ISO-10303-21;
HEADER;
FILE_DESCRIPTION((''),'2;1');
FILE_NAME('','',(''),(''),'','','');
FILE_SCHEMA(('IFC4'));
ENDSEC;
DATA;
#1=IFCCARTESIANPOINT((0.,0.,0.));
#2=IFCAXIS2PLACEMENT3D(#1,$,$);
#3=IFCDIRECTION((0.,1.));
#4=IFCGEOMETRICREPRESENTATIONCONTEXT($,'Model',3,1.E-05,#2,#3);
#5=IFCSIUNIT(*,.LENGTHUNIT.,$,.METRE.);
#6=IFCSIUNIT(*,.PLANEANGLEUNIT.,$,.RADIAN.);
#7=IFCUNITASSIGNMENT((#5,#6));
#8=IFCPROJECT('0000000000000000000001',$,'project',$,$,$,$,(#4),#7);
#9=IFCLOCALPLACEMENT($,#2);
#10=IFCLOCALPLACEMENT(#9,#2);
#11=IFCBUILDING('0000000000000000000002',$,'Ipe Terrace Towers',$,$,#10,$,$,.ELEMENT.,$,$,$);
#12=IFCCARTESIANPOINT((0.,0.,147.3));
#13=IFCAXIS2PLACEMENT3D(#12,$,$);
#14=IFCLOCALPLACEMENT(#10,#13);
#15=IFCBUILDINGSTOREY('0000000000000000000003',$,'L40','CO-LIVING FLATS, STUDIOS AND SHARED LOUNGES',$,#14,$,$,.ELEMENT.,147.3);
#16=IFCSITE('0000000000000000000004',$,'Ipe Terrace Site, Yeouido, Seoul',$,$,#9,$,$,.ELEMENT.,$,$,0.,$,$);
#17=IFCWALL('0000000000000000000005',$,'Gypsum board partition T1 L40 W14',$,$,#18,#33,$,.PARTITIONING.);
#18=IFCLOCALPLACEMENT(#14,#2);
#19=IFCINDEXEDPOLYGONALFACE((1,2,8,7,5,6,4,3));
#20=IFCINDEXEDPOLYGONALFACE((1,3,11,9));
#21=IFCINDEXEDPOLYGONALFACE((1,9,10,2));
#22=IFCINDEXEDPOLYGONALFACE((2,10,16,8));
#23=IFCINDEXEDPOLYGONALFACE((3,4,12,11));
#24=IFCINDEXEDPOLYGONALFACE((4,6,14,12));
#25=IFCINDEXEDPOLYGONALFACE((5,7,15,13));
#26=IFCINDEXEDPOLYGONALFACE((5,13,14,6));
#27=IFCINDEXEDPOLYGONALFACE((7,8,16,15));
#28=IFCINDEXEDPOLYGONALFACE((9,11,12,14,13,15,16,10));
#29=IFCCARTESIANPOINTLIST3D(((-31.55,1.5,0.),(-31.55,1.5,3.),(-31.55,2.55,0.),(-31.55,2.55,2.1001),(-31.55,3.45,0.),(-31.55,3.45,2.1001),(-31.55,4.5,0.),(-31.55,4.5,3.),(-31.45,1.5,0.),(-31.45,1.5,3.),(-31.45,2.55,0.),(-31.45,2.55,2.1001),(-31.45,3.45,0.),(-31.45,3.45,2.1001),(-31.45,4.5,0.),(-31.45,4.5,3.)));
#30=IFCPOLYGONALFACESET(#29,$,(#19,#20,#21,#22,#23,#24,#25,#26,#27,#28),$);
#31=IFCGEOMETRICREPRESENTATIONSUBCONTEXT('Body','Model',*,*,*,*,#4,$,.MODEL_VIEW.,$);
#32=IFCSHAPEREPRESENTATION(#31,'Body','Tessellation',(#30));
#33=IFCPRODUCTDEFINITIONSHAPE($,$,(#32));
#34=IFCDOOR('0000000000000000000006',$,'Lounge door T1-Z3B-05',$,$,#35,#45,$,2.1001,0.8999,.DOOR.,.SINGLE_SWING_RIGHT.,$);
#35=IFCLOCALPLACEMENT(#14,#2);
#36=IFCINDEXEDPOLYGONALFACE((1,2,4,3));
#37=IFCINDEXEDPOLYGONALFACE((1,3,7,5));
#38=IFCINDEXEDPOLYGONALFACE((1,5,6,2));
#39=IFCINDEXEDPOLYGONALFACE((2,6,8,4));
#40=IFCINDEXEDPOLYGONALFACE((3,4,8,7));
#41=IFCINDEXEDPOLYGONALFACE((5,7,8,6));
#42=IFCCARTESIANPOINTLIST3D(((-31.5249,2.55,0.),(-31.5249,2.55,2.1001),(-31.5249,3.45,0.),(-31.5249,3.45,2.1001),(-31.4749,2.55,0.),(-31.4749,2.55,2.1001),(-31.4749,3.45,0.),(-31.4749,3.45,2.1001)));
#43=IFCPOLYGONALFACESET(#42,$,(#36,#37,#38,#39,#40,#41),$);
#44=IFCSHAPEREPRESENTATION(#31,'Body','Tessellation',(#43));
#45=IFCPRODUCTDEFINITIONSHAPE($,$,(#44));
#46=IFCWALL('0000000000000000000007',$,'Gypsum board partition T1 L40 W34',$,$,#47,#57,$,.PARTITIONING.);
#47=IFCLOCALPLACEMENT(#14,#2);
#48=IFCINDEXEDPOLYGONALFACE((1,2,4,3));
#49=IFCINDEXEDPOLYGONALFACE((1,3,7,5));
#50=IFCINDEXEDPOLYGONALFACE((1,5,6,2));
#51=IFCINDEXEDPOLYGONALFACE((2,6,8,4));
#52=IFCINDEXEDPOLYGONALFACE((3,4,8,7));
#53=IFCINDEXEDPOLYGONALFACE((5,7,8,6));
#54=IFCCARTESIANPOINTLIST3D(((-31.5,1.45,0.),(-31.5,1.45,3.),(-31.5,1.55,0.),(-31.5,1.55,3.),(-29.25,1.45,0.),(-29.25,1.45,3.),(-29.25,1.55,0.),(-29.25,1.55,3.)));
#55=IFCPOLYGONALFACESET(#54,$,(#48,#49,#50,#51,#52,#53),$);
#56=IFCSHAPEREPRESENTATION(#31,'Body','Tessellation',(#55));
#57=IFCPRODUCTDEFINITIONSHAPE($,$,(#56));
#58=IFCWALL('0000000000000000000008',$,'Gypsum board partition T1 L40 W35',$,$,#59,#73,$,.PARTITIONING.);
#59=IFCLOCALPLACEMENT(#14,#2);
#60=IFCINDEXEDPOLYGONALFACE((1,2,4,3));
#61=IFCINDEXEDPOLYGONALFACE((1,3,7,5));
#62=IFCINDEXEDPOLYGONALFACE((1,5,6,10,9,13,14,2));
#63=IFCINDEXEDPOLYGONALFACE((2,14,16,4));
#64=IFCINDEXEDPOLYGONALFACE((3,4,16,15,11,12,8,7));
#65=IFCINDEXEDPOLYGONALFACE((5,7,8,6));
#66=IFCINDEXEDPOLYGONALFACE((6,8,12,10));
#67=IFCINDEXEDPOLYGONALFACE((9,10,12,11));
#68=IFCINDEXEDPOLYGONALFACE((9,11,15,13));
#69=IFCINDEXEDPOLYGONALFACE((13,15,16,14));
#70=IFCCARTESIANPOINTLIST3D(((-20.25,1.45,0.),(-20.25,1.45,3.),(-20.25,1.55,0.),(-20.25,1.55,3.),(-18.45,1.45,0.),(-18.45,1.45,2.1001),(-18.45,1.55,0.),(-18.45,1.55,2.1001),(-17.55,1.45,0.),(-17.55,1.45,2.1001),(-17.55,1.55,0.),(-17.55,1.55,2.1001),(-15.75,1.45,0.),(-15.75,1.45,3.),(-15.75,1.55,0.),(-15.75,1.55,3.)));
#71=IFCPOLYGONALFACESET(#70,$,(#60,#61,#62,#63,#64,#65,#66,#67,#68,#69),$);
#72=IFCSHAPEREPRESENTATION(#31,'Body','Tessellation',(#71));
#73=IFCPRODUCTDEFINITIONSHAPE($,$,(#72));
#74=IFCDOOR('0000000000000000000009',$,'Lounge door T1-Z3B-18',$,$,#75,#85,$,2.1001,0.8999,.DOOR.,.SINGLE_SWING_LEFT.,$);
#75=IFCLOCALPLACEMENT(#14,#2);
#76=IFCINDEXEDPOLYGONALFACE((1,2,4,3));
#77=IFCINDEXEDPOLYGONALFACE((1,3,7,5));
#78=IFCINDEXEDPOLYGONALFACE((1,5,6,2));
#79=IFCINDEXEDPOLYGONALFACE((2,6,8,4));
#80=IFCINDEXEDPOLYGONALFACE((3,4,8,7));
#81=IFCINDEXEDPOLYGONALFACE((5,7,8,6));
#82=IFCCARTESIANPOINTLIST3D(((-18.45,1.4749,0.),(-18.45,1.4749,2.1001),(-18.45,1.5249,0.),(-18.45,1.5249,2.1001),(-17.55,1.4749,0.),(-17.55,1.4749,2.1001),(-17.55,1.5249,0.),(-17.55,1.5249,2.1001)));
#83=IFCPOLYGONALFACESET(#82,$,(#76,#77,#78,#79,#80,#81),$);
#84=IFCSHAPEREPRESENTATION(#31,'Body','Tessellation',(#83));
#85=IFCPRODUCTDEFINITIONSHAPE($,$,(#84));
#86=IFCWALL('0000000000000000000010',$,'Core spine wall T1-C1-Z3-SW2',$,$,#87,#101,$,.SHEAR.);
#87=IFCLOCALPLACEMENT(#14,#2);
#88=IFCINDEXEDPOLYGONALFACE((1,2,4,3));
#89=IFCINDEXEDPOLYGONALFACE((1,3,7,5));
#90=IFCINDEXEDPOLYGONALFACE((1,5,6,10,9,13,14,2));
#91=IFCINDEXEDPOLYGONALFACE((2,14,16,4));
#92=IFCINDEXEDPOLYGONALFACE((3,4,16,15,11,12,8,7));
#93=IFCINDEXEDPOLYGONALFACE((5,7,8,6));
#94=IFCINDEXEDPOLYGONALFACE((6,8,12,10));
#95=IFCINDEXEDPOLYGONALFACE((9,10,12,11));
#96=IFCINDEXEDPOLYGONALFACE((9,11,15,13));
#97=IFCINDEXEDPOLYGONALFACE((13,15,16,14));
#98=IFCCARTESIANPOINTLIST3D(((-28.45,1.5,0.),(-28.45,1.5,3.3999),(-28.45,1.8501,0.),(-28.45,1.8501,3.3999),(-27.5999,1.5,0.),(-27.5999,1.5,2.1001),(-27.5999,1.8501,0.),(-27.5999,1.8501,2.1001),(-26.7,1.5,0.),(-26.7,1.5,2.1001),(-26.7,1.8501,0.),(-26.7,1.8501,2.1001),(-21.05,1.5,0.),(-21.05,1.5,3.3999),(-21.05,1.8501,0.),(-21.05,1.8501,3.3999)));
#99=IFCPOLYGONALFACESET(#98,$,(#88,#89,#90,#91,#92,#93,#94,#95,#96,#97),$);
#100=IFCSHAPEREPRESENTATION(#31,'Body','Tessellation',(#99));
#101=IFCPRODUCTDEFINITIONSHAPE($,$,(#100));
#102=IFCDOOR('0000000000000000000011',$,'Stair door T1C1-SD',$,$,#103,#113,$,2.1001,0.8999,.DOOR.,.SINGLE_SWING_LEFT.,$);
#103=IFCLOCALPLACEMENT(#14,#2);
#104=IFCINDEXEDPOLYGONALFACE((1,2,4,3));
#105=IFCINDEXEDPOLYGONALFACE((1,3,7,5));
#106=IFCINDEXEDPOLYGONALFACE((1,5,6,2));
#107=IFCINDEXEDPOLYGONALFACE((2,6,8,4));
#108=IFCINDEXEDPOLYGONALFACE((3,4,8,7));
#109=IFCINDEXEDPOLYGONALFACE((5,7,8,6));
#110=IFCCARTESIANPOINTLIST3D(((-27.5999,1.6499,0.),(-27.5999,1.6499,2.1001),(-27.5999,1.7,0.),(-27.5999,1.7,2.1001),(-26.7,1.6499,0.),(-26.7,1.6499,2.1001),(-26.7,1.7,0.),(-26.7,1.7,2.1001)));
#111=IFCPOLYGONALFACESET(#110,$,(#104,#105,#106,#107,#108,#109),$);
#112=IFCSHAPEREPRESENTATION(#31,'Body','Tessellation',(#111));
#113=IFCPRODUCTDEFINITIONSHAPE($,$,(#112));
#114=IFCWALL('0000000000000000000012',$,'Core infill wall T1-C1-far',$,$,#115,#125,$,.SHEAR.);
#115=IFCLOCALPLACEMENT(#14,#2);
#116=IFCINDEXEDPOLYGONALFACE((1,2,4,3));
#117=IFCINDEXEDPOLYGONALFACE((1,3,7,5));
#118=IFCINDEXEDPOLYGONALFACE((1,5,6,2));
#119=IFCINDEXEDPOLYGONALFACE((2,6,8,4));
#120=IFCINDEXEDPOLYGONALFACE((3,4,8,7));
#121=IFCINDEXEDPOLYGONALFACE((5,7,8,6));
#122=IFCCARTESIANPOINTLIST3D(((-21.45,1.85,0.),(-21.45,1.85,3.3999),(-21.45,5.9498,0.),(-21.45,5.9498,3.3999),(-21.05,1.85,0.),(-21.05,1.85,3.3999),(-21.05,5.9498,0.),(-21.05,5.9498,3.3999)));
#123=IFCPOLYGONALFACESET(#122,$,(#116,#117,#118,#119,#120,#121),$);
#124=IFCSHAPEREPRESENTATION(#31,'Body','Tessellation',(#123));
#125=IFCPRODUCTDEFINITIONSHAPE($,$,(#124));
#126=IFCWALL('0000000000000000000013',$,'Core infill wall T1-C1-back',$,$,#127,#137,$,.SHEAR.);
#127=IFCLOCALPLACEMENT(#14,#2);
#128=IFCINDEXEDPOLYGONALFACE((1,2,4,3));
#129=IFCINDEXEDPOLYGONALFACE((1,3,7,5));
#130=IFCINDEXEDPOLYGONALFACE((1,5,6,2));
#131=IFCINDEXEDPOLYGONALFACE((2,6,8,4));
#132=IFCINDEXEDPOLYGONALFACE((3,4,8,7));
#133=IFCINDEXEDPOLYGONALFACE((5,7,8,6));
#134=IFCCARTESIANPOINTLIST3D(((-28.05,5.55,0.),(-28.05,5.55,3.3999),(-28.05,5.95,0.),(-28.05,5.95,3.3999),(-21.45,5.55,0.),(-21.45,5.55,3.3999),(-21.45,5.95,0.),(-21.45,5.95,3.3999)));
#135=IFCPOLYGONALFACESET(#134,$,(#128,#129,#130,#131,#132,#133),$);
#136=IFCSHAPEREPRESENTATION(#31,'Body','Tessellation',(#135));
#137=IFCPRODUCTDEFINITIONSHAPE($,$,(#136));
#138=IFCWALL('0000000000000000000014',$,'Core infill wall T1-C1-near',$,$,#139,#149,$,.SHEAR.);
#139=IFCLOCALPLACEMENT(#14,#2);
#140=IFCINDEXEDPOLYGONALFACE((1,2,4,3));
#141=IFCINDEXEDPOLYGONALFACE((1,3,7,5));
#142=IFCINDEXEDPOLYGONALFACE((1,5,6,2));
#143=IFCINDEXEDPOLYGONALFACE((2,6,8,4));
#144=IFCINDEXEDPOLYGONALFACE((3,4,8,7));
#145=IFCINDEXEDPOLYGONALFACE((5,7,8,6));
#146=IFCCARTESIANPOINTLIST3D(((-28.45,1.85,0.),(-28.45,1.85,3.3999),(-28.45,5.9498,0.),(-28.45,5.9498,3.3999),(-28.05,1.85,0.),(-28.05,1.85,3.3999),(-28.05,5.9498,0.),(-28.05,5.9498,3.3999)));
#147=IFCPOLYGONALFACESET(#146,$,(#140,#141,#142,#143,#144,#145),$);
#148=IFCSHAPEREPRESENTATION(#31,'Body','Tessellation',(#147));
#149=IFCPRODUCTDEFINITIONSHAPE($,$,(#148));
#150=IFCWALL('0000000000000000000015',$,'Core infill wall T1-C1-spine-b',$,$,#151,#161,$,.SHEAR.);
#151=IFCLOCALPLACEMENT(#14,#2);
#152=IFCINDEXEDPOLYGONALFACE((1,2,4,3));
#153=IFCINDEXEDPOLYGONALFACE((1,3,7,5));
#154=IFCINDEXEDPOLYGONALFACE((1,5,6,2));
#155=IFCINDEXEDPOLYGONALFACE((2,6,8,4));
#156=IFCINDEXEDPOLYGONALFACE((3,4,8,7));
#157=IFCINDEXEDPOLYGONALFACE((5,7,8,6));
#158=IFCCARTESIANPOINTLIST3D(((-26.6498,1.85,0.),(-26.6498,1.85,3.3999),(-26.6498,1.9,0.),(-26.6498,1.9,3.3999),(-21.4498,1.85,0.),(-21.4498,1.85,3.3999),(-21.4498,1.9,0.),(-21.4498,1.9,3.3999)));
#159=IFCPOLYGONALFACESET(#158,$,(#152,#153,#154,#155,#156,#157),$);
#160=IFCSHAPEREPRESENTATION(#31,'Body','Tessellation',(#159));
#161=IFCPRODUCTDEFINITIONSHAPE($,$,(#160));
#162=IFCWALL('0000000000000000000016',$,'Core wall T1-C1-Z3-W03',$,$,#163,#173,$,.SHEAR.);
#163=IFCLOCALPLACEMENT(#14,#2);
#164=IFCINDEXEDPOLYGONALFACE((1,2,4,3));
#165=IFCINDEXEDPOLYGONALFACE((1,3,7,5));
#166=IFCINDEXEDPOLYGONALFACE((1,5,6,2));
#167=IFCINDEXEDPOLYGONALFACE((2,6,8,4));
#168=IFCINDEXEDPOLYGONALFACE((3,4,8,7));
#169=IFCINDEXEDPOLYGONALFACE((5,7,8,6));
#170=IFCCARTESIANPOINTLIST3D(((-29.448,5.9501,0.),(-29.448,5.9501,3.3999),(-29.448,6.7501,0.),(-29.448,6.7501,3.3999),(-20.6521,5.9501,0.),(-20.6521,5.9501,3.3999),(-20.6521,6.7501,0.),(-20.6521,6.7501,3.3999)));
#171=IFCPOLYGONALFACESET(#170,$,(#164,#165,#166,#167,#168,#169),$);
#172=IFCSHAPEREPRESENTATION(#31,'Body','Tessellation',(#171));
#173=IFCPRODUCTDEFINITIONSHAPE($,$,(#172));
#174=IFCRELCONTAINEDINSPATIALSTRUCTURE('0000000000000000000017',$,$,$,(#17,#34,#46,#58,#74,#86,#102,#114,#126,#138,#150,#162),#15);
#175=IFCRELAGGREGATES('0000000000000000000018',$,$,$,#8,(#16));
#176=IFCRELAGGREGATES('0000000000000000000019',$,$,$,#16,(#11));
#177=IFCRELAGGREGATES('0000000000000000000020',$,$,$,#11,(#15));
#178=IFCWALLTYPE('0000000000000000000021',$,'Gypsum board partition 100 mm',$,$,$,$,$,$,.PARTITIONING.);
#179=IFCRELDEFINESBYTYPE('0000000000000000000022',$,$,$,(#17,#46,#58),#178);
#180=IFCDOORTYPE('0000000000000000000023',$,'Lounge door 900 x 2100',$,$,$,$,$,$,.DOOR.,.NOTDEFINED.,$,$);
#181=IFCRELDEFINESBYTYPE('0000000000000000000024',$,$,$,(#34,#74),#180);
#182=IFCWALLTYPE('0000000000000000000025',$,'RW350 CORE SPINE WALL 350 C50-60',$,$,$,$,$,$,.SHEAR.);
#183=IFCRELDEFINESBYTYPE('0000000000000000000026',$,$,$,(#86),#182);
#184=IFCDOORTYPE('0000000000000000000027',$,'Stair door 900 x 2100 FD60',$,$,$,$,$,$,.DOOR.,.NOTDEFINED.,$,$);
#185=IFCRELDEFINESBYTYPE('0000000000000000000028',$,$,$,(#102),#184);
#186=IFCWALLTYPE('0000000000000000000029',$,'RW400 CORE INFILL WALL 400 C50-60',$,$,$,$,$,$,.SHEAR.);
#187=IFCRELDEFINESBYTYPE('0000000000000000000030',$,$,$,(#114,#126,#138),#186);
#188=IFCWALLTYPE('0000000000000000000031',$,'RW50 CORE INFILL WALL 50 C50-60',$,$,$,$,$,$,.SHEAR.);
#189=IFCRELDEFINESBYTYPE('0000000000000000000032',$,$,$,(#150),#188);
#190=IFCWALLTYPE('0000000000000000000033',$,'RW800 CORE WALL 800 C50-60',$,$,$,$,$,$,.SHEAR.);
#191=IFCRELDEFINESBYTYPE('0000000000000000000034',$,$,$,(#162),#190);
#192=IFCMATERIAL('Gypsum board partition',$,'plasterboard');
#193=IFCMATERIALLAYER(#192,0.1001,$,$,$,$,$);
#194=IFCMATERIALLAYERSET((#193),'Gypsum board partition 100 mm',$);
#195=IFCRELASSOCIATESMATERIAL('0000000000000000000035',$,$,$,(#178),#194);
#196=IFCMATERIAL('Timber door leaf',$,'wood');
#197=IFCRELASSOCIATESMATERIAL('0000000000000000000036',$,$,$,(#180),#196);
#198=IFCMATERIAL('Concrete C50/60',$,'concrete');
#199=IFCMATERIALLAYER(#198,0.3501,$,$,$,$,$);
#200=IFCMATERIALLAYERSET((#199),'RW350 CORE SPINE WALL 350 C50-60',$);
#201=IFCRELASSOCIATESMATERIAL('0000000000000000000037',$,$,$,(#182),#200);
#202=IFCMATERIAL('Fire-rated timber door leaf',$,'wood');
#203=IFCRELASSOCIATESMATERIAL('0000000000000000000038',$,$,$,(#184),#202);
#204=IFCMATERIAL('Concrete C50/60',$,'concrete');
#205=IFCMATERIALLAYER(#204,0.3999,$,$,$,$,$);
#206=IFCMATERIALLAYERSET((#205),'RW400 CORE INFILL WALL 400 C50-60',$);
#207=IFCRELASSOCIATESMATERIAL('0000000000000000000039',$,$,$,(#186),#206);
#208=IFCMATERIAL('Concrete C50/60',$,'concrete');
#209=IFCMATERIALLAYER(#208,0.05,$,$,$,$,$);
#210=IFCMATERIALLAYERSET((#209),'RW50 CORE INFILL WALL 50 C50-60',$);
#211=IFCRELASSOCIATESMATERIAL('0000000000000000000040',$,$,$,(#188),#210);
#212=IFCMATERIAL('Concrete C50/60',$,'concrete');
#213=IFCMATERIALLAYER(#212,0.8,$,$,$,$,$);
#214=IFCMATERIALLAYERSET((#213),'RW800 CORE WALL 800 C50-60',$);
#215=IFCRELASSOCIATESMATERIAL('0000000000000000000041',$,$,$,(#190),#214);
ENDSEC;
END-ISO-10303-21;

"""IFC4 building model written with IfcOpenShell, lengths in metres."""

from ifc_helpers import new_model, si_unit, direction, frame, frame_2d, origin, place, context, subcontext, project, spatial, rectangle, extrude, material, layer, layer_set, type_object, element, fill, save


model = new_model("IFC4")

# Units and contexts
model_context = context("Model", 3, precision=1e-05, world=origin(), true_north=direction((0.0, 1.0)))
body_context = subcontext(model_context, "Body", "Model", "MODEL_VIEW")
ifc_project = project(units=[si_unit("LENGTHUNIT", "METRE"), si_unit("PLANEANGLEUNIT", "RADIAN")], contexts=[model_context])

# Site, building, storey
site_placement = place(None, origin())
site = spatial("IfcSite", under=ifc_project, at=site_placement, Name="Ipe Terrace Site, Yeouido, Seoul", CompositionType="ELEMENT", RefElevation=0.0)
building_placement = place(site_placement, origin())
building = spatial("IfcBuilding", under=site, at=building_placement, Name="Ipe Terrace Towers", CompositionType="ELEMENT")
storey_placement = place(building_placement, frame((0.0, 0.0, 147.3)))
storey = spatial("IfcBuildingStorey", under=building, at=storey_placement, Name="L40", Description="CO-LIVING FLATS, STUDIOS AND SHARED LOUNGES", CompositionType="ELEMENT", Elevation=147.3)

# Wall, opening, door
ifc_material_1 = material(Name="Gypsum board partition", Category="plasterboard")
ifc_layer_1 = layer(ifc_material_1, 0.1001)
ifc_layer_set_1 = layer_set([ifc_layer_1], Name="Gypsum board partition 100 mm")
wall_type_1 = type_object("IfcWallType", Name="Gypsum board partition 100 mm", PredefinedType="PARTITIONING", material=ifc_layer_set_1)
wall_1_placement = place(storey_placement, frame((-31.5, 1.5, 0.0), z_axis=(0.0, 0.0, 1.0), x_axis=(0.0, 1.0, 0.0)))
wall_1 = element("IfcWall", 1, at=wall_1_placement, inside=storey, type_object=wall_type_1, Name="Gypsum board partition T1 L40 W14", PredefinedType="PARTITIONING", context=body_context, shape_type="SweptSolid", body=[
    extrude(rectangle(XDim=3.0, YDim=0.1001, at=frame_2d((1.5, 0.0))), origin(), (0.0, 0.0, 1.0), 3.0),
])
opening_1_placement = place(wall_1_placement, frame((1.05, 0.0, 0.0)))
opening_1 = element("IfcOpeningElement", 2, at=opening_1_placement, cuts=wall_1, PredefinedType="OPENING", context=body_context, shape_type="SweptSolid", body=[
    extrude(rectangle(XDim=0.8999, YDim=2.1001, at=frame_2d((0.45, 1.05))), frame((0.0, 0.0601, 0.0), z_axis=(0.0, -1.0, 0.0), x_axis=(1.0, 0.0, 0.0)), (0.0, 0.0, 1.0), 0.1201),
])
ifc_material_2 = material(Name="Timber door leaf", Category="wood")
door_type_1 = type_object("IfcDoorType", Name="Lounge door 900 x 2100", OperationType="NOTDEFINED", PredefinedType="DOOR", material=ifc_material_2)
door_1_placement = place(opening_1_placement, origin())
door_1 = element("IfcDoor", 3, at=door_1_placement, inside=storey, type_object=door_type_1, Name="Lounge door T1-Z3B-05", OperationType="SINGLE_SWING_RIGHT", OverallHeight=2.1001, OverallWidth=0.8999, PredefinedType="DOOR", context=body_context, shape_type="SweptSolid", body=[
    extrude(rectangle(XDim=0.8999, YDim=2.1001, at=frame_2d((0.45, 1.05))), frame((0.0, 0.0249, 0.0), z_axis=(0.0, -1.0, 0.0), x_axis=(1.0, 0.0, 0.0)), (0.0, 0.0, 1.0), 0.05),
])
fill(opening_1, door_1)

# Wall
wall_2_placement = place(storey_placement, frame((-31.5, 1.5, 0.0), z_axis=(0.0, 0.0, 1.0), x_axis=(1.0, 0.0, 0.0)))
element("IfcWall", 4, at=wall_2_placement, inside=storey, type_object=wall_type_1, Name="Gypsum board partition T1 L40 W34", PredefinedType="PARTITIONING", context=body_context, shape_type="SweptSolid", body=[
    extrude(rectangle(XDim=2.25, YDim=0.1001, at=frame_2d((1.125, 0.0))), origin(), (0.0, 0.0, 1.0), 3.0),
])

# Walls, openings, doors
wall_3_placement = place(storey_placement, frame((-20.25, 1.5, 0.0), z_axis=(0.0, 0.0, 1.0), x_axis=(1.0, 0.0, 0.0)))
wall_3 = element("IfcWall", 5, at=wall_3_placement, inside=storey, type_object=wall_type_1, Name="Gypsum board partition T1 L40 W35", PredefinedType="PARTITIONING", context=body_context, shape_type="SweptSolid", body=[
    extrude(rectangle(XDim=4.5, YDim=0.1001, at=frame_2d((2.25, 0.0))), origin(), (0.0, 0.0, 1.0), 3.0),
])
opening_2_placement = place(wall_3_placement, frame((1.8, 0.0, 0.0)))
opening_2 = element("IfcOpeningElement", 6, at=opening_2_placement, cuts=wall_3, PredefinedType="OPENING", context=body_context, shape_type="SweptSolid", body=[
    extrude(rectangle(XDim=0.8999, YDim=2.1001, at=frame_2d((0.45, 1.05))), frame((0.0, 0.0601, 0.0), z_axis=(0.0, -1.0, 0.0), x_axis=(1.0, 0.0, 0.0)), (0.0, 0.0, 1.0), 0.1201),
])
door_2_placement = place(opening_2_placement, origin())
door_2 = element("IfcDoor", 7, at=door_2_placement, inside=storey, type_object=door_type_1, Name="Lounge door T1-Z3B-18", OperationType="SINGLE_SWING_LEFT", OverallHeight=2.1001, OverallWidth=0.8999, PredefinedType="DOOR", context=body_context, shape_type="SweptSolid", body=[
    extrude(rectangle(XDim=0.8999, YDim=2.1001, at=frame_2d((0.45, 1.05))), frame((0.0, 0.0249, 0.0), z_axis=(0.0, -1.0, 0.0), x_axis=(1.0, 0.0, 0.0)), (0.0, 0.0, 1.0), 0.05),
])
fill(opening_2, door_2)
ifc_material_3 = material(Name="Concrete C50/60", Category="concrete")
ifc_layer_2 = layer(ifc_material_3, 0.3501)
ifc_layer_set_2 = layer_set([ifc_layer_2], Name="RW350 CORE SPINE WALL 350 C50-60")
wall_type_2 = type_object("IfcWallType", Name="RW350 CORE SPINE WALL 350 C50-60", PredefinedType="SHEAR", material=ifc_layer_set_2)
wall_4_placement = place(storey_placement, frame((-28.45, 1.675, 0.0), z_axis=(0.0, 0.0, 1.0), x_axis=(1.0, 0.0, 0.0)))
wall_4 = element("IfcWall", 8, at=wall_4_placement, inside=storey, type_object=wall_type_2, Name="Core spine wall T1-C1-Z3-SW2", PredefinedType="SHEAR", context=body_context, shape_type="SweptSolid", body=[
    extrude(rectangle(XDim=7.3999, YDim=0.3501, at=frame_2d((3.7, 0.0))), origin(), (0.0, 0.0, 1.0), 3.3999),
])
opening_3_placement = place(wall_4_placement, frame((0.8501, 0.0, 0.0)))
opening_3 = element("IfcOpeningElement", 9, at=opening_3_placement, cuts=wall_4, PredefinedType="OPENING", context=body_context, shape_type="SweptSolid", body=[
    extrude(rectangle(XDim=0.8999, YDim=2.1001, at=frame_2d((0.45, 1.05))), frame((0.0, 0.1851, 0.0), z_axis=(0.0, -1.0, 0.0), x_axis=(1.0, 0.0, 0.0)), (0.0, 0.0, 1.0), 0.3701),
])
ifc_material_4 = material(Name="Fire-rated timber door leaf", Category="wood")
door_type_2 = type_object("IfcDoorType", Name="Stair door 900 x 2100 FD60", OperationType="NOTDEFINED", PredefinedType="DOOR", material=ifc_material_4)
door_3_placement = place(opening_3_placement, origin())
door_3 = element("IfcDoor", 10, at=door_3_placement, inside=storey, type_object=door_type_2, Name="Stair door T1C1-SD", OperationType="SINGLE_SWING_LEFT", OverallHeight=2.1001, OverallWidth=0.8999, PredefinedType="DOOR", context=body_context, shape_type="SweptSolid", body=[
    extrude(rectangle(XDim=0.8999, YDim=2.1001, at=frame_2d((0.45, 1.05))), frame((0.0, 0.0249, 0.0), z_axis=(0.0, -1.0, 0.0), x_axis=(1.0, 0.0, 0.0)), (0.0, 0.0, 1.0), 0.05),
])
fill(opening_3, door_3)

# Walls
ifc_material_5 = material(Name="Concrete C50/60", Category="concrete")
ifc_layer_3 = layer(ifc_material_5, 0.3999)
ifc_layer_set_3 = layer_set([ifc_layer_3], Name="RW400 CORE INFILL WALL 400 C50-60")
wall_type_3 = type_object("IfcWallType", Name="RW400 CORE INFILL WALL 400 C50-60", PredefinedType="SHEAR", material=ifc_layer_set_3)
wall_5_placement = place(storey_placement, frame((-21.25, 1.8501, 0.0), z_axis=(0.0, 0.0, 1.0), x_axis=(0.0, 1.0, 0.0)))
element("IfcWall", 11, at=wall_5_placement, inside=storey, type_object=wall_type_3, Name="Core infill wall T1-C1-far", PredefinedType="SHEAR", context=body_context, shape_type="SweptSolid", body=[
    extrude(rectangle(XDim=4.0999, YDim=0.3999, at=frame_2d((2.0498, 0.0))), origin(), (0.0, 0.0, 1.0), 3.3999),
])
wall_6_placement = place(storey_placement, frame((-28.05, 5.75, 0.0), z_axis=(0.0, 0.0, 1.0), x_axis=(1.0, 0.0, 0.0)))
element("IfcWall", 12, at=wall_6_placement, inside=storey, type_object=wall_type_3, Name="Core infill wall T1-C1-back", PredefinedType="SHEAR", context=body_context, shape_type="SweptSolid", body=[
    extrude(rectangle(XDim=6.6001, YDim=0.3999, at=frame_2d((3.3, 0.0))), origin(), (0.0, 0.0, 1.0), 3.3999),
])
wall_7_placement = place(storey_placement, frame((-28.25, 1.8501, 0.0), z_axis=(0.0, 0.0, 1.0), x_axis=(0.0, 1.0, 0.0)))
element("IfcWall", 13, at=wall_7_placement, inside=storey, type_object=wall_type_3, Name="Core infill wall T1-C1-near", PredefinedType="SHEAR", context=body_context, shape_type="SweptSolid", body=[
    extrude(rectangle(XDim=4.0999, YDim=0.3999, at=frame_2d((2.0498, 0.0))), origin(), (0.0, 0.0, 1.0), 3.3999),
])
ifc_material_6 = material(Name="Concrete C50/60", Category="concrete")
ifc_layer_4 = layer(ifc_material_6, 0.05)
ifc_layer_set_4 = layer_set([ifc_layer_4], Name="RW50 CORE INFILL WALL 50 C50-60")
wall_type_4 = type_object("IfcWallType", Name="RW50 CORE INFILL WALL 50 C50-60", PredefinedType="SHEAR", material=ifc_layer_set_4)
wall_8_placement = place(storey_placement, frame((-26.6499, 1.875, 0.0), z_axis=(0.0, 0.0, 1.0), x_axis=(1.0, 0.0, 0.0)))
element("IfcWall", 14, at=wall_8_placement, inside=storey, type_object=wall_type_4, Name="Core infill wall T1-C1-spine-b", PredefinedType="SHEAR", context=body_context, shape_type="SweptSolid", body=[
    extrude(rectangle(XDim=5.2, YDim=0.05, at=frame_2d((2.6001, 0.0))), origin(), (0.0, 0.0, 1.0), 3.3999),
])
ifc_material_7 = material(Name="Concrete C50/60", Category="concrete")
ifc_layer_5 = layer(ifc_material_7, 0.8)
ifc_layer_set_5 = layer_set([ifc_layer_5], Name="RW800 CORE WALL 800 C50-60")
wall_type_5 = type_object("IfcWallType", Name="RW800 CORE WALL 800 C50-60", PredefinedType="SHEAR", material=ifc_layer_set_5)
wall_9_placement = place(storey_placement, frame((-20.6521, 6.3501, 0.0), z_axis=(0.0, 0.0, 1.0), x_axis=(-1.0, 0.0, 0.0)))
element("IfcWall", 15, at=wall_9_placement, inside=storey, type_object=wall_type_5, Name="Core wall T1-C1-Z3-W03", PredefinedType="SHEAR", context=body_context, shape_type="SweptSolid", body=[
    extrude(rectangle(XDim=8.7959, YDim=0.8, at=frame_2d((4.3979, 0.0))), origin(), (0.0, 0.0, 1.0), 3.3999),
])

save(model, "model.ifc")
